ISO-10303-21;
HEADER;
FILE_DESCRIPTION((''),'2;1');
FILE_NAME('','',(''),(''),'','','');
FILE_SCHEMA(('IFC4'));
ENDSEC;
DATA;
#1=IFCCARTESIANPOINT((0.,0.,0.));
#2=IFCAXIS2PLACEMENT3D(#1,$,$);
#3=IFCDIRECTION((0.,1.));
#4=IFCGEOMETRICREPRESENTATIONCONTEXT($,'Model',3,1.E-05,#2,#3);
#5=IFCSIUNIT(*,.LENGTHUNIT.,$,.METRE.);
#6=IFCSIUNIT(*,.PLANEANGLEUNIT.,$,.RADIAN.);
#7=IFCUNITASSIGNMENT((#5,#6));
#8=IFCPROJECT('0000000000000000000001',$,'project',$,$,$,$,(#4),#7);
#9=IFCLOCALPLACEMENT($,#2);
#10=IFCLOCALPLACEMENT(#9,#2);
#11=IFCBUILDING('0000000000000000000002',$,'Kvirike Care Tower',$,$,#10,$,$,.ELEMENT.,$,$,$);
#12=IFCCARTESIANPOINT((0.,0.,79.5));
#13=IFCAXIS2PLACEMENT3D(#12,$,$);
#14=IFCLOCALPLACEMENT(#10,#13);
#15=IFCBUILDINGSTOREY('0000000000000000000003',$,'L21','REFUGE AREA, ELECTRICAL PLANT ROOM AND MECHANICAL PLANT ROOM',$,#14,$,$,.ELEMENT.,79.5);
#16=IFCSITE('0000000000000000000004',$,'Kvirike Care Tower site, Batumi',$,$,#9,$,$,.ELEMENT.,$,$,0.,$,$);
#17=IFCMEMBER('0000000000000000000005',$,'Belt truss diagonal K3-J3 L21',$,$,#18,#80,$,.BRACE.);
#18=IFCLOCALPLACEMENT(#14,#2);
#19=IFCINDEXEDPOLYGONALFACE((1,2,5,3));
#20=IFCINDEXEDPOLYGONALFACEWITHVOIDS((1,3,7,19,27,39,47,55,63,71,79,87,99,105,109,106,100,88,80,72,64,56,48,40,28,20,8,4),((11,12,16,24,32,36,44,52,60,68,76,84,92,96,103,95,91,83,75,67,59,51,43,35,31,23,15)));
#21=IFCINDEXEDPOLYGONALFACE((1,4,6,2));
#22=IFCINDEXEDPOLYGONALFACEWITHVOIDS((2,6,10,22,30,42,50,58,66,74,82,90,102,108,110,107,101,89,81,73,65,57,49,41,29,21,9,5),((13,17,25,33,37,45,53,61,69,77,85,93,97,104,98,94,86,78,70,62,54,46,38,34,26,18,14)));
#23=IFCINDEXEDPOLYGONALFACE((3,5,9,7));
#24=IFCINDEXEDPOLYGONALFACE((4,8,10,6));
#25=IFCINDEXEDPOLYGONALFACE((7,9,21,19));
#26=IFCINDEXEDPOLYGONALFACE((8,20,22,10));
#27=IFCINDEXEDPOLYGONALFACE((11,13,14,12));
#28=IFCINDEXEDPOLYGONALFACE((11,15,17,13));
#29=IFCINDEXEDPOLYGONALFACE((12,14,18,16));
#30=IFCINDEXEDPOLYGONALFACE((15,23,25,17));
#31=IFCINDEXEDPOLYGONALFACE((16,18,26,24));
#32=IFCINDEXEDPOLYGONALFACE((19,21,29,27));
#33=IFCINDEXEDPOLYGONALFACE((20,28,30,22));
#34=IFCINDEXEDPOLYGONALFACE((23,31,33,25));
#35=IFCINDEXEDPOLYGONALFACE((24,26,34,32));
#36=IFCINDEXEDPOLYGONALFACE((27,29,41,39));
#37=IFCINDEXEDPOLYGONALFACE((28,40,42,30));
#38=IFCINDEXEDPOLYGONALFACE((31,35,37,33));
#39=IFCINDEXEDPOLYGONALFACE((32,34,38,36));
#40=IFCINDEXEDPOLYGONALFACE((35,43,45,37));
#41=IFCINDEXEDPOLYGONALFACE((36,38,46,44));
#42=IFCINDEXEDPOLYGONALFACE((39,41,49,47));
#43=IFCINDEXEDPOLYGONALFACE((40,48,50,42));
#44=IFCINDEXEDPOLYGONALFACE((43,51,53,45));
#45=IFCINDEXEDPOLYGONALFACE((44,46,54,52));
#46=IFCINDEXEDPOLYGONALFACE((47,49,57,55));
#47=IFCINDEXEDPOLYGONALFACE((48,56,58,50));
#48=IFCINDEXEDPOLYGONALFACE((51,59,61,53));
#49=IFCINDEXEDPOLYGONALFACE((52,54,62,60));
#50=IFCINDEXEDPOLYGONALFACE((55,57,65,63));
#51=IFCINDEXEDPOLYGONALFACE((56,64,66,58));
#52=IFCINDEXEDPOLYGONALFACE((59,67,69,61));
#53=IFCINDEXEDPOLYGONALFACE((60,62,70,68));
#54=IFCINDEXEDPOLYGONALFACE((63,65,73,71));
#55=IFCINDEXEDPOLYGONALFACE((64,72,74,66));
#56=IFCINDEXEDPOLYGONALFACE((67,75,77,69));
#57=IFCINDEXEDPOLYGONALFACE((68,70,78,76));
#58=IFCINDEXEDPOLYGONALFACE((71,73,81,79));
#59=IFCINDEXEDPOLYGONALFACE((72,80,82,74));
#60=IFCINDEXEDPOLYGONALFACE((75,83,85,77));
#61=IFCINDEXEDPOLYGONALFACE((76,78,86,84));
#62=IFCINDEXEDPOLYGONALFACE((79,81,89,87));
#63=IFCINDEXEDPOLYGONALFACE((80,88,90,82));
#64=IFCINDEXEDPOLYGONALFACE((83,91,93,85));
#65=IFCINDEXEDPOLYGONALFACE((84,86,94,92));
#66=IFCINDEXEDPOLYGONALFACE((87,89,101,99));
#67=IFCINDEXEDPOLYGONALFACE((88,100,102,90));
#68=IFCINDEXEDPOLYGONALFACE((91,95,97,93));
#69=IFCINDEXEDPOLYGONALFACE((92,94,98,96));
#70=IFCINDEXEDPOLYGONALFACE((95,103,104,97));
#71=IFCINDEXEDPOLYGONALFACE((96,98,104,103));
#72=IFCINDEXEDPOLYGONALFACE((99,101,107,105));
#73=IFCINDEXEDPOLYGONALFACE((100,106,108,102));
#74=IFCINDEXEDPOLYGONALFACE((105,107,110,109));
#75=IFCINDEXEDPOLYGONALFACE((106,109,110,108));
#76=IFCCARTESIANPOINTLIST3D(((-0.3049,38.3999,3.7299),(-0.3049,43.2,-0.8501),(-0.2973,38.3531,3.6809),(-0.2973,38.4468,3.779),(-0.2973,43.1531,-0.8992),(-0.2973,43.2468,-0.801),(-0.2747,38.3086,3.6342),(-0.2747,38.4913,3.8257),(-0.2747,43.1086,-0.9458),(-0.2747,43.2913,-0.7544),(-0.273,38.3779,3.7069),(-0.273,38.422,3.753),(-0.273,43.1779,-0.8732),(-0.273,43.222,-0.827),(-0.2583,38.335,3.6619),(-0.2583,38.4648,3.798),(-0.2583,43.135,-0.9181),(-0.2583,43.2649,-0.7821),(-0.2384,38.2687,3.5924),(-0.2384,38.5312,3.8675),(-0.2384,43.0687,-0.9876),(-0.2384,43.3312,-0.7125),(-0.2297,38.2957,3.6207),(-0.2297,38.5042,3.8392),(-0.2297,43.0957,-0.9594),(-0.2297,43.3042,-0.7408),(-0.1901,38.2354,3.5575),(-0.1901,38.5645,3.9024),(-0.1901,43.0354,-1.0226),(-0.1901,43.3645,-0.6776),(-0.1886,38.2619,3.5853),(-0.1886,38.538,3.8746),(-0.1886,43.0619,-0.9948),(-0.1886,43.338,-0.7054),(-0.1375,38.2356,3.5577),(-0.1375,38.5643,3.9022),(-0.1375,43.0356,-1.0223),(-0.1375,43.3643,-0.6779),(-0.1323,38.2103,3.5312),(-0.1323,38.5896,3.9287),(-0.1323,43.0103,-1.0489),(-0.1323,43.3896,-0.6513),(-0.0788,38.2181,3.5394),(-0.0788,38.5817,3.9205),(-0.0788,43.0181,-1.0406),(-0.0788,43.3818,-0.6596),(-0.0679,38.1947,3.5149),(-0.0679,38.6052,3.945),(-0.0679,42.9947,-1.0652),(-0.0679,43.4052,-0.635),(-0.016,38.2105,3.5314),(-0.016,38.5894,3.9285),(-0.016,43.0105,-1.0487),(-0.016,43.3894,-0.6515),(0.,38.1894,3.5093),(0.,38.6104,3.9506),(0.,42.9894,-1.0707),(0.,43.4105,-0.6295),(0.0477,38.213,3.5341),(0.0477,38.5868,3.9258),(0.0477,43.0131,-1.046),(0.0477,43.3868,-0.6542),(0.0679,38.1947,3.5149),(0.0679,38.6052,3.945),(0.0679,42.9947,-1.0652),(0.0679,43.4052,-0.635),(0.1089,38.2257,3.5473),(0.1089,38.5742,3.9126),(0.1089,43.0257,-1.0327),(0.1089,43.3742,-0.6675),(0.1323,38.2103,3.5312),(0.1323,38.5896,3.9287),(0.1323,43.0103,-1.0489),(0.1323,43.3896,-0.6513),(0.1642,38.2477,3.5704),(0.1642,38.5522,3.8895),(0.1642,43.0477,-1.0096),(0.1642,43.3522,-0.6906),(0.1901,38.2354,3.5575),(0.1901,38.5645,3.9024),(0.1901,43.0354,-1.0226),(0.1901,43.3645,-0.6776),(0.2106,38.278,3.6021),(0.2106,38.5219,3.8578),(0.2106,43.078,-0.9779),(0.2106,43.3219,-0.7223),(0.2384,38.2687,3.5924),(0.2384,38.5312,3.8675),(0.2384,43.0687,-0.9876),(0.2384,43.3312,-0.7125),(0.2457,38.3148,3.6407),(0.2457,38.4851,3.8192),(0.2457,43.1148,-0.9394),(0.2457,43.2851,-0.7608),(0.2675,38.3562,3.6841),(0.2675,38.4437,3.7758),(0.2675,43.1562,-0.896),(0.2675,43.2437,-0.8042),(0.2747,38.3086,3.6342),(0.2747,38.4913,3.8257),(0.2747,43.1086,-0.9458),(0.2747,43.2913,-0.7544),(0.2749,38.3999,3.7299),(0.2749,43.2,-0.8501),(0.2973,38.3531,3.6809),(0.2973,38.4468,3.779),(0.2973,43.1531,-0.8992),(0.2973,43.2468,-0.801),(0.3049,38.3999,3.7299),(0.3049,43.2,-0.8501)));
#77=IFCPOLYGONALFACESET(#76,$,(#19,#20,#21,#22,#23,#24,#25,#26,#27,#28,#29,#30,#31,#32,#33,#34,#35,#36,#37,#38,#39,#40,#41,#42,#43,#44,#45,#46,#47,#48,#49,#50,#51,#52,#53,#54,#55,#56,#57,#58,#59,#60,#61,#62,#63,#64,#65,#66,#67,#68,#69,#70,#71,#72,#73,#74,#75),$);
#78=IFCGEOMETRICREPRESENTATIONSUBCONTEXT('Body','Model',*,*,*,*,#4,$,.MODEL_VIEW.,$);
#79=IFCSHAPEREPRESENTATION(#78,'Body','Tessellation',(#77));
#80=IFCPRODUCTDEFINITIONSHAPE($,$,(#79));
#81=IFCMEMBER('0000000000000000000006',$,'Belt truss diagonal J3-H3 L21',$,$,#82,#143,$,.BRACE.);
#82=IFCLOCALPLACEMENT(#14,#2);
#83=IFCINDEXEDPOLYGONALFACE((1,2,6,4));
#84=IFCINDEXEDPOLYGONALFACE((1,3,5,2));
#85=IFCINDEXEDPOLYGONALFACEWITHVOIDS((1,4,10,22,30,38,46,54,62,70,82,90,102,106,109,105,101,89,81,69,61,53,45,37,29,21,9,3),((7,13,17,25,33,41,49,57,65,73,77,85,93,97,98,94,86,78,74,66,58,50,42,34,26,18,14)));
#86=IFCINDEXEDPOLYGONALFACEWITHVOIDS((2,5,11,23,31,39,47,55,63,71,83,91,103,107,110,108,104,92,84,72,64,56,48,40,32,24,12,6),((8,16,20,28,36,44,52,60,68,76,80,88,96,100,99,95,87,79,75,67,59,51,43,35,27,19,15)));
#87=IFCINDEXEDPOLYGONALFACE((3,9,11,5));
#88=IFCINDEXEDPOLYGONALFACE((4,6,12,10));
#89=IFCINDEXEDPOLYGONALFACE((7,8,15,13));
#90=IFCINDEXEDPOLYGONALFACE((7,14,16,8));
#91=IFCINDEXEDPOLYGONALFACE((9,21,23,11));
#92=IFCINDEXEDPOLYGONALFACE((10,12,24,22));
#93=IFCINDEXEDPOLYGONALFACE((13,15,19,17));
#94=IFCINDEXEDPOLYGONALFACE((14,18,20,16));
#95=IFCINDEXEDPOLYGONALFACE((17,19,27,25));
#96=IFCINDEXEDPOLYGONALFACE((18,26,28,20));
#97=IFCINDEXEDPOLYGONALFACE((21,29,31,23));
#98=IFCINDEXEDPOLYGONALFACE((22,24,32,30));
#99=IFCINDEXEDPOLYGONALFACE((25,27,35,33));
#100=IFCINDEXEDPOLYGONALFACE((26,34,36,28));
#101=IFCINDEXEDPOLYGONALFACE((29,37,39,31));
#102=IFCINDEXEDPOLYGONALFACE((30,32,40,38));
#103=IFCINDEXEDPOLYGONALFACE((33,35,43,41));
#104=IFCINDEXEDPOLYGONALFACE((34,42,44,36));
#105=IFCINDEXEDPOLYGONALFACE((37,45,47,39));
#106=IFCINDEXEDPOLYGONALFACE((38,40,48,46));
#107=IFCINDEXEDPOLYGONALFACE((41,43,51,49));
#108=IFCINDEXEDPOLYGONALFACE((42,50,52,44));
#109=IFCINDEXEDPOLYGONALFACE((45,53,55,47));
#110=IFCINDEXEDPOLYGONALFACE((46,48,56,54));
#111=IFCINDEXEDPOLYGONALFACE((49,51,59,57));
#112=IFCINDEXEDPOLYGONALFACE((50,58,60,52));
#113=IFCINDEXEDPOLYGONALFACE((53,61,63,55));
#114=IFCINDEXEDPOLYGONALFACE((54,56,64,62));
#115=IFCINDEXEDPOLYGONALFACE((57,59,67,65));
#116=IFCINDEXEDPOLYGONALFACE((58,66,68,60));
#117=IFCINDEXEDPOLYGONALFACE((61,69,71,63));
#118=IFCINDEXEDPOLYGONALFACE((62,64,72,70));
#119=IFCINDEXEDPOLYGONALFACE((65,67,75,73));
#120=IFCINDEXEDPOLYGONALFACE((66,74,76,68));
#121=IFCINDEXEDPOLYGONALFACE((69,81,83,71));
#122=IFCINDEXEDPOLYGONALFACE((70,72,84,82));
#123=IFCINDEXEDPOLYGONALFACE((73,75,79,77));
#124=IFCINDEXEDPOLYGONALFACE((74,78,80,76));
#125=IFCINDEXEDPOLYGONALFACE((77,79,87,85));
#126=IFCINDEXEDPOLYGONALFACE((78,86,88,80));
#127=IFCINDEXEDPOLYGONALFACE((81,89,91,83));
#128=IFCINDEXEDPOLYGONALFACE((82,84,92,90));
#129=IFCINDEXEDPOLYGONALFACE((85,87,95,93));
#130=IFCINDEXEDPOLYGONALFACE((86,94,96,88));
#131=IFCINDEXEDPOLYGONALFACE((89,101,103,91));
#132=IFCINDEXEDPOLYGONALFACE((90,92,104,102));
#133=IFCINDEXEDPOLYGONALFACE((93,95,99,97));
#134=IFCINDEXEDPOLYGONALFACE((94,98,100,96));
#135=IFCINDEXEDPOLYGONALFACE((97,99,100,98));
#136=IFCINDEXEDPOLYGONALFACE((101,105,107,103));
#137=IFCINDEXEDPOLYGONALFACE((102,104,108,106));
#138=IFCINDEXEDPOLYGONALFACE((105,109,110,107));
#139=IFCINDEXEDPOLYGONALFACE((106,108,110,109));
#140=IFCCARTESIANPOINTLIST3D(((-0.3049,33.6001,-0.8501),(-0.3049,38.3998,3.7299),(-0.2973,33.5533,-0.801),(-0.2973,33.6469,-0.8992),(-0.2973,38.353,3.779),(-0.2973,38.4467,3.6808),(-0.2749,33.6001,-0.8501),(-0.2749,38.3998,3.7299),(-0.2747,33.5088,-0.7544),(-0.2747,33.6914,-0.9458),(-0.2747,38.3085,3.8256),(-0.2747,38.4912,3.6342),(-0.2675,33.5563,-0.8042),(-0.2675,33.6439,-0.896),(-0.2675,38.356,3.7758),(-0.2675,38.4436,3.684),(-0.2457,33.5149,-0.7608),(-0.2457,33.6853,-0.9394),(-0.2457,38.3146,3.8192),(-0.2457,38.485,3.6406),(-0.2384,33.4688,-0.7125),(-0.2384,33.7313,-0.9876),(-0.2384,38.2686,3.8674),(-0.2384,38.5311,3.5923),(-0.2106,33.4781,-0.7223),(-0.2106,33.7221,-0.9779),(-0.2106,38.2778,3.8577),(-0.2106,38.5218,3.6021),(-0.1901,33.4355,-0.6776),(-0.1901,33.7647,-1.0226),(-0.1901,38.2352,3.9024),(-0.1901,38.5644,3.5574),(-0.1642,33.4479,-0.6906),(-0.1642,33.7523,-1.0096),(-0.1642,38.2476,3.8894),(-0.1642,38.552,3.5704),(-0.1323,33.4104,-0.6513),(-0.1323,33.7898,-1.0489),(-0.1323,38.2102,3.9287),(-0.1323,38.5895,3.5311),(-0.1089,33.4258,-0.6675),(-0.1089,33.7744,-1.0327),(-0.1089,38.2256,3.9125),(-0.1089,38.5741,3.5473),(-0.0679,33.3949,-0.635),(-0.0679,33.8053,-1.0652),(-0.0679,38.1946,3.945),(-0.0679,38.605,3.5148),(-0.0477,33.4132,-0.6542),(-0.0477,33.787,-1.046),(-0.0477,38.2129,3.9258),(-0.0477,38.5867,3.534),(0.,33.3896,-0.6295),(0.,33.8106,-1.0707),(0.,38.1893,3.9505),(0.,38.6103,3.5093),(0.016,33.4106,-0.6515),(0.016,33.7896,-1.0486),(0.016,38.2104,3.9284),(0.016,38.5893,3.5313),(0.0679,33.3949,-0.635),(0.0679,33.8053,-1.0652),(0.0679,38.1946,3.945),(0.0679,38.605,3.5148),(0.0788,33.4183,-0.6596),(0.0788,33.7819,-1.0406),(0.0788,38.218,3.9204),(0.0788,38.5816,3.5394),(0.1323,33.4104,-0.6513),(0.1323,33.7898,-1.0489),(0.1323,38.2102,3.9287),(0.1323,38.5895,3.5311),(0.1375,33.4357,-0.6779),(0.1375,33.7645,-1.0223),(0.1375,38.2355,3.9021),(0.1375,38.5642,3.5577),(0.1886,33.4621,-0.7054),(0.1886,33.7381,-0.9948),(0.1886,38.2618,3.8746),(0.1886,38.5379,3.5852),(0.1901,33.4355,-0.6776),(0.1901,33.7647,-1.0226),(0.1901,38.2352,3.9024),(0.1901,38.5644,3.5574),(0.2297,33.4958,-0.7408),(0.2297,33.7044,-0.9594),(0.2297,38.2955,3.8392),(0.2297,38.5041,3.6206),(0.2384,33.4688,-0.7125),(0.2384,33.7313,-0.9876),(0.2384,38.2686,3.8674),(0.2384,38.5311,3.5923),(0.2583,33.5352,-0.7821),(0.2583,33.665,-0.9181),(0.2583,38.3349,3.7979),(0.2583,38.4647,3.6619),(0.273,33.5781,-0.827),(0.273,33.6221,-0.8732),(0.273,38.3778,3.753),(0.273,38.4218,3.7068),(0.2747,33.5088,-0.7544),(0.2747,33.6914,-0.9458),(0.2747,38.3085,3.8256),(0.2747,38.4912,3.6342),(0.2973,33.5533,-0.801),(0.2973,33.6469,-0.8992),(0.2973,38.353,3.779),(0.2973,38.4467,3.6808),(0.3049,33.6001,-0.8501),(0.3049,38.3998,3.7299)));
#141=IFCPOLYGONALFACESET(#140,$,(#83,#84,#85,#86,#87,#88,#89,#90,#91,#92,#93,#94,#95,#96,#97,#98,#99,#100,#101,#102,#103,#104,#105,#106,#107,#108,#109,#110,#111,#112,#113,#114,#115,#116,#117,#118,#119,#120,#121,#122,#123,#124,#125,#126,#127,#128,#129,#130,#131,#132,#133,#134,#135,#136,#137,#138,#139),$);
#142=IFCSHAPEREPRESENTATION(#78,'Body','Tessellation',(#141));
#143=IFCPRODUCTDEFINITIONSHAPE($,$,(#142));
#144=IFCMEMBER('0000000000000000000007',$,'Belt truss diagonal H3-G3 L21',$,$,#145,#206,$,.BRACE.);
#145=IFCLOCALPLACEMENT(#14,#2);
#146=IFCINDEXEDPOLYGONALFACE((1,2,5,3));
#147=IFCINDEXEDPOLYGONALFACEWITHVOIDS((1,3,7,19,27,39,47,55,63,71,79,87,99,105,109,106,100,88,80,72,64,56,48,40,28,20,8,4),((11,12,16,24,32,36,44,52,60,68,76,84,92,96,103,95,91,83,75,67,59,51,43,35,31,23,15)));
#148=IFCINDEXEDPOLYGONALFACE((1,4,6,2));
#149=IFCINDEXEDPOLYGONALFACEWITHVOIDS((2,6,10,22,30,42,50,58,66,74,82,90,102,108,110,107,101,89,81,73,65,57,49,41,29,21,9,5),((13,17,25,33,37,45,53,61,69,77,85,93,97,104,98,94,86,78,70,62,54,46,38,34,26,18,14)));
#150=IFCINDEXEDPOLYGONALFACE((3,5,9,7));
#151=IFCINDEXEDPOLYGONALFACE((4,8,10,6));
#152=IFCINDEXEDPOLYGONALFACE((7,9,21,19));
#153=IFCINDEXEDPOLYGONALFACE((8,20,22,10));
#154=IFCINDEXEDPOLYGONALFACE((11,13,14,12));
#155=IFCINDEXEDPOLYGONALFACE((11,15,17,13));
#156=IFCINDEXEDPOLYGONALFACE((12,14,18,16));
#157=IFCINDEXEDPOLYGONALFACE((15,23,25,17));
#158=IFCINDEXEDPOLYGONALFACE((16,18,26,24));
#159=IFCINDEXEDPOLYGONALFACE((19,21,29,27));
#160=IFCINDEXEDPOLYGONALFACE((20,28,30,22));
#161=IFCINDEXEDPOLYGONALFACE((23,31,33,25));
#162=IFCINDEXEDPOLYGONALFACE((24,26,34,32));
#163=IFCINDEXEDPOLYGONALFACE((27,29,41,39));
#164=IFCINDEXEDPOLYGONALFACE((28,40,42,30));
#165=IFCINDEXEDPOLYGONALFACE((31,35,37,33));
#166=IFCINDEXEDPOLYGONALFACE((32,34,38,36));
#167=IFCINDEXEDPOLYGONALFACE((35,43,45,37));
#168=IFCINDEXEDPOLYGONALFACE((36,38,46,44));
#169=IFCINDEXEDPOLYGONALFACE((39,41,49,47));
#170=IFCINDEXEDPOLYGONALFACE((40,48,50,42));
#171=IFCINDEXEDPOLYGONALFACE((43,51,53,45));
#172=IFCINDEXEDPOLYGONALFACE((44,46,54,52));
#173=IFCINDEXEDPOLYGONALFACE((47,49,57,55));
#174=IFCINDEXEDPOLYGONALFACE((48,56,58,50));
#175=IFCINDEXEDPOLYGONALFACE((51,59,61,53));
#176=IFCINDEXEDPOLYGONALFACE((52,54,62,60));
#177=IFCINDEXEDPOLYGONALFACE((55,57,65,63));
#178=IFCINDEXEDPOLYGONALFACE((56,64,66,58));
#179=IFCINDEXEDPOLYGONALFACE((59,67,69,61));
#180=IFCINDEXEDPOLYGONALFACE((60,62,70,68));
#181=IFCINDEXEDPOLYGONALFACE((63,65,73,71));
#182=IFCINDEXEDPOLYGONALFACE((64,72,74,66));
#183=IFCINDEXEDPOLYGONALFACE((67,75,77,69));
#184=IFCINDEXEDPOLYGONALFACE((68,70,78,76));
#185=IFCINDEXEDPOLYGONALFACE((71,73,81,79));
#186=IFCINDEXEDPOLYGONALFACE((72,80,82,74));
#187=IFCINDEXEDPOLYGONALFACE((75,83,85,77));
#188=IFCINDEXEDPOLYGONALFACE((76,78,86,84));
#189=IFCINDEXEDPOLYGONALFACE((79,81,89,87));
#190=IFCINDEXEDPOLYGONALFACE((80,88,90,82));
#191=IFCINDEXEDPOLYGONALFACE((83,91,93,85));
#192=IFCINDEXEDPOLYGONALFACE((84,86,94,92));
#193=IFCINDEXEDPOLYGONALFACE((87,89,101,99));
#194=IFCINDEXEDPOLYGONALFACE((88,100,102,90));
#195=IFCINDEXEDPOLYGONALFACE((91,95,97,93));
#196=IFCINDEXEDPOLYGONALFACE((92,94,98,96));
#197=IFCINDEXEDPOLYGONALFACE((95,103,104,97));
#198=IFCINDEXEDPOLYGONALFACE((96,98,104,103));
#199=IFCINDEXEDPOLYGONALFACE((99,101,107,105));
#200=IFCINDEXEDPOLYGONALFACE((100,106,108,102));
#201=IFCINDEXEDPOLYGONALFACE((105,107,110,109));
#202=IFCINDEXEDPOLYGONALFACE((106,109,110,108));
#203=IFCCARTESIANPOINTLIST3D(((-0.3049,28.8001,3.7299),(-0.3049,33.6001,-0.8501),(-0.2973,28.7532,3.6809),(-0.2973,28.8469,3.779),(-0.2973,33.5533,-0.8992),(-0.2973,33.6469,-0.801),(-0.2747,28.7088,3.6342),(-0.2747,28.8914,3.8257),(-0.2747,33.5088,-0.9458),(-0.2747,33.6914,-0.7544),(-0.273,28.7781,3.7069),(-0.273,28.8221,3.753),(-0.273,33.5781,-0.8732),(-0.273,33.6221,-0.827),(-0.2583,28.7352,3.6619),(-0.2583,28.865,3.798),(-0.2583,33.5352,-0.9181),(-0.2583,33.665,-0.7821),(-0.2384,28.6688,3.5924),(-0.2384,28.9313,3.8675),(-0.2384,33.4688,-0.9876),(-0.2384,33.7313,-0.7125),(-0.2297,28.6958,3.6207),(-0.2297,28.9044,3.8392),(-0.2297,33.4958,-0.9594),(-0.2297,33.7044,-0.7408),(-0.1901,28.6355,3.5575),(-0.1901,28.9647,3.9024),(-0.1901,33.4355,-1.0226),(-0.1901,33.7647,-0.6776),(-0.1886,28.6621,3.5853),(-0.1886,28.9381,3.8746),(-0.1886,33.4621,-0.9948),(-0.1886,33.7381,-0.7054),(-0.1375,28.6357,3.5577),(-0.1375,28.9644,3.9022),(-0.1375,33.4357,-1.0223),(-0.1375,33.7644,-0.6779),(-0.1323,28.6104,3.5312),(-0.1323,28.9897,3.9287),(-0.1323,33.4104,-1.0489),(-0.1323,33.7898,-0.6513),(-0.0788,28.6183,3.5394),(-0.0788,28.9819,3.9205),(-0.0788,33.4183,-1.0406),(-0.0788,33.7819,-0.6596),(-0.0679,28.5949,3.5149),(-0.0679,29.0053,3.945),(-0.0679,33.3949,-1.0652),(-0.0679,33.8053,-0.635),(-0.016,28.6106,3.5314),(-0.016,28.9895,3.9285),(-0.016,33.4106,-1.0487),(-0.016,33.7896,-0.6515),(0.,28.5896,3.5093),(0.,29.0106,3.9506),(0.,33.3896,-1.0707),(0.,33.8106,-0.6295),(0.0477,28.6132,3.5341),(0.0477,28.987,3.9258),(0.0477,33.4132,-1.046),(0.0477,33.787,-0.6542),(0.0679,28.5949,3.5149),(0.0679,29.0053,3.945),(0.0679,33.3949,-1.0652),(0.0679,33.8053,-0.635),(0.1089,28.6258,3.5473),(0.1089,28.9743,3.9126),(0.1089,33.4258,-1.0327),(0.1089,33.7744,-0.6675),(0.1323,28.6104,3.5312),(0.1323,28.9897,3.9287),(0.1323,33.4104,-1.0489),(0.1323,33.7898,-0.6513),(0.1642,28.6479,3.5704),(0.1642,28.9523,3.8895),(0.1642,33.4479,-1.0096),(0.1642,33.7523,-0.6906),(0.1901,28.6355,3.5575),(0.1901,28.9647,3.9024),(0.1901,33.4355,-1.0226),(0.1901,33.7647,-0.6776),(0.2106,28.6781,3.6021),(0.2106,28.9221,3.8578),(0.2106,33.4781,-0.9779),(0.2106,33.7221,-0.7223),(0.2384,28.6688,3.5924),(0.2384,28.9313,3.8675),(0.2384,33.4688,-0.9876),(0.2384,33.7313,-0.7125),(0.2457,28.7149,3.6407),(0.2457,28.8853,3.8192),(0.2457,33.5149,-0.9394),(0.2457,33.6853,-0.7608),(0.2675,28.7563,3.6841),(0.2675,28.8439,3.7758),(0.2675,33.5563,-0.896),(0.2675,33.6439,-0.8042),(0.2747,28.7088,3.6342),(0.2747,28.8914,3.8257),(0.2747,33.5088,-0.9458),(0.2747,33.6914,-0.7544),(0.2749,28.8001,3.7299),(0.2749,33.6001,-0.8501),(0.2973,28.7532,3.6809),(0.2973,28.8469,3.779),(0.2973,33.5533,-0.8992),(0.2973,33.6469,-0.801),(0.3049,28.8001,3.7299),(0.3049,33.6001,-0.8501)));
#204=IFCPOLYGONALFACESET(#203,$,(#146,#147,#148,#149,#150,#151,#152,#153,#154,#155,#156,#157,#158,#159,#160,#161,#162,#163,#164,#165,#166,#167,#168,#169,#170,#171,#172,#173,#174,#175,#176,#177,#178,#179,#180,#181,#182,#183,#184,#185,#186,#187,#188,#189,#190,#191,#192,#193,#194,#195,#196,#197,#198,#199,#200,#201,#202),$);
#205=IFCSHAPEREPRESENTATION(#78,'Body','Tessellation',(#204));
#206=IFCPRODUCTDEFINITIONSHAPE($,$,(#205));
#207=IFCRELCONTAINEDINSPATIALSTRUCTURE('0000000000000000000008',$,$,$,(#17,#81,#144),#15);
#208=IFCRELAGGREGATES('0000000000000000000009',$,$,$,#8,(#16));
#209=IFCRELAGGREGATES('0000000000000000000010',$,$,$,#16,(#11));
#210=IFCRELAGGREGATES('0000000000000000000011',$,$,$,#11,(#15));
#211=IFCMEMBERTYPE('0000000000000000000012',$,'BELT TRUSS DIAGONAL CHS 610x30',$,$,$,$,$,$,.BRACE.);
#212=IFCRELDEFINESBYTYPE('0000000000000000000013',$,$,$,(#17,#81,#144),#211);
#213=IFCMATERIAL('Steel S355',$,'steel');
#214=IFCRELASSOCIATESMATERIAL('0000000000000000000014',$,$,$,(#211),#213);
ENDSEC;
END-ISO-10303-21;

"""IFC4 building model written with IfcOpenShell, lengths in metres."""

from ifc_helpers import new_model, si_unit, direction, frame, origin, origin_2d, place, context, subcontext, project, spatial, hollow_circle, extrude, material, material_profile, profile_set, type_object, element, save


model = new_model("IFC4")

# Units and contexts
model_context = context("Model", 3, precision=1e-05, world=origin(), true_north=direction((0.0, 1.0)))
body_context = subcontext(model_context, "Body", "Model", "MODEL_VIEW")
ifc_project = project(units=[si_unit("LENGTHUNIT", "METRE"), si_unit("PLANEANGLEUNIT", "RADIAN")], contexts=[model_context])

# Site, building, storey
site_placement = place(None, origin())
site = spatial("IfcSite", under=ifc_project, at=site_placement, Name="Kvirike Care Tower site, Batumi", CompositionType="ELEMENT", RefElevation=0.0)
building_placement = place(site_placement, origin())
building = spatial("IfcBuilding", under=site, at=building_placement, Name="Kvirike Care Tower", CompositionType="ELEMENT")
storey_placement = place(building_placement, frame((0.0, 0.0, 79.5)))
storey = spatial("IfcBuildingStorey", under=building, at=storey_placement, Name="L21", Description="REFUGE AREA, ELECTRICAL PLANT ROOM AND MECHANICAL PLANT ROOM", CompositionType="ELEMENT", Elevation=79.5)

# Members
ifc_material_1 = material(Name="Steel S355", Category="steel")
ifc_material_profile_1 = material_profile(ifc_material_1, hollow_circle(Radius=0.3049, WallThickness=0.03, at=origin_2d()), Name="CHS 610x30")
ifc_profile_set_1 = profile_set([ifc_material_profile_1], Name="Steel S355")
member_type_1 = type_object("IfcMemberType", Name="BELT TRUSS DIAGONAL CHS 610x30", PredefinedType="BRACE", material=ifc_profile_set_1)
for number, where, z_axis, x_axis, name in (
    (1, (0.0, 43.2, -0.8501), (0.0, -0.72349, 0.690335), (1.0, 0.0, 0.0), "Belt truss diagonal K3-J3 L21"),
):
    element("IfcMember", number, at=place(storey_placement, frame(where, z_axis=z_axis, x_axis=x_axis)), inside=storey, type_object=member_type_1, Name=name, PredefinedType="BRACE", context=body_context, shape_type="SweptSolid", body=[
        extrude(hollow_circle(Radius=0.3049, WallThickness=0.03, at=origin_2d()), origin(), (0.0, 0.0, 1.0), 6.6345),
    ])
member_1_placement = place(storey_placement, frame((0.0, 33.6001, -0.8501), z_axis=(0.0, 0.723472, 0.690353), x_axis=(-1.0, 0.0, 0.0)))
element("IfcMember", 2, at=member_1_placement, inside=storey, type_object=member_type_1, Name="Belt truss diagonal J3-H3 L21", PredefinedType="BRACE", context=body_context, shape_type="SweptSolid", body=[
    extrude(hollow_circle(Radius=0.3049, WallThickness=0.03, at=origin_2d()), origin(), (0.0, 0.0, 1.0), 6.6343),
])
member_2_placement = place(storey_placement, frame((0.0, 33.6001, -0.8501), z_axis=(0.0, -0.72349, 0.690335), x_axis=(1.0, 0.0, 0.0)))
element("IfcMember", 3, at=member_2_placement, inside=storey, type_object=member_type_1, Name="Belt truss diagonal H3-G3 L21", PredefinedType="BRACE", context=body_context, shape_type="SweptSolid", body=[
    extrude(hollow_circle(Radius=0.3049, WallThickness=0.03, at=origin_2d()), origin(), (0.0, 0.0, 1.0), 6.6345),
])

save(model, "model.ifc")
